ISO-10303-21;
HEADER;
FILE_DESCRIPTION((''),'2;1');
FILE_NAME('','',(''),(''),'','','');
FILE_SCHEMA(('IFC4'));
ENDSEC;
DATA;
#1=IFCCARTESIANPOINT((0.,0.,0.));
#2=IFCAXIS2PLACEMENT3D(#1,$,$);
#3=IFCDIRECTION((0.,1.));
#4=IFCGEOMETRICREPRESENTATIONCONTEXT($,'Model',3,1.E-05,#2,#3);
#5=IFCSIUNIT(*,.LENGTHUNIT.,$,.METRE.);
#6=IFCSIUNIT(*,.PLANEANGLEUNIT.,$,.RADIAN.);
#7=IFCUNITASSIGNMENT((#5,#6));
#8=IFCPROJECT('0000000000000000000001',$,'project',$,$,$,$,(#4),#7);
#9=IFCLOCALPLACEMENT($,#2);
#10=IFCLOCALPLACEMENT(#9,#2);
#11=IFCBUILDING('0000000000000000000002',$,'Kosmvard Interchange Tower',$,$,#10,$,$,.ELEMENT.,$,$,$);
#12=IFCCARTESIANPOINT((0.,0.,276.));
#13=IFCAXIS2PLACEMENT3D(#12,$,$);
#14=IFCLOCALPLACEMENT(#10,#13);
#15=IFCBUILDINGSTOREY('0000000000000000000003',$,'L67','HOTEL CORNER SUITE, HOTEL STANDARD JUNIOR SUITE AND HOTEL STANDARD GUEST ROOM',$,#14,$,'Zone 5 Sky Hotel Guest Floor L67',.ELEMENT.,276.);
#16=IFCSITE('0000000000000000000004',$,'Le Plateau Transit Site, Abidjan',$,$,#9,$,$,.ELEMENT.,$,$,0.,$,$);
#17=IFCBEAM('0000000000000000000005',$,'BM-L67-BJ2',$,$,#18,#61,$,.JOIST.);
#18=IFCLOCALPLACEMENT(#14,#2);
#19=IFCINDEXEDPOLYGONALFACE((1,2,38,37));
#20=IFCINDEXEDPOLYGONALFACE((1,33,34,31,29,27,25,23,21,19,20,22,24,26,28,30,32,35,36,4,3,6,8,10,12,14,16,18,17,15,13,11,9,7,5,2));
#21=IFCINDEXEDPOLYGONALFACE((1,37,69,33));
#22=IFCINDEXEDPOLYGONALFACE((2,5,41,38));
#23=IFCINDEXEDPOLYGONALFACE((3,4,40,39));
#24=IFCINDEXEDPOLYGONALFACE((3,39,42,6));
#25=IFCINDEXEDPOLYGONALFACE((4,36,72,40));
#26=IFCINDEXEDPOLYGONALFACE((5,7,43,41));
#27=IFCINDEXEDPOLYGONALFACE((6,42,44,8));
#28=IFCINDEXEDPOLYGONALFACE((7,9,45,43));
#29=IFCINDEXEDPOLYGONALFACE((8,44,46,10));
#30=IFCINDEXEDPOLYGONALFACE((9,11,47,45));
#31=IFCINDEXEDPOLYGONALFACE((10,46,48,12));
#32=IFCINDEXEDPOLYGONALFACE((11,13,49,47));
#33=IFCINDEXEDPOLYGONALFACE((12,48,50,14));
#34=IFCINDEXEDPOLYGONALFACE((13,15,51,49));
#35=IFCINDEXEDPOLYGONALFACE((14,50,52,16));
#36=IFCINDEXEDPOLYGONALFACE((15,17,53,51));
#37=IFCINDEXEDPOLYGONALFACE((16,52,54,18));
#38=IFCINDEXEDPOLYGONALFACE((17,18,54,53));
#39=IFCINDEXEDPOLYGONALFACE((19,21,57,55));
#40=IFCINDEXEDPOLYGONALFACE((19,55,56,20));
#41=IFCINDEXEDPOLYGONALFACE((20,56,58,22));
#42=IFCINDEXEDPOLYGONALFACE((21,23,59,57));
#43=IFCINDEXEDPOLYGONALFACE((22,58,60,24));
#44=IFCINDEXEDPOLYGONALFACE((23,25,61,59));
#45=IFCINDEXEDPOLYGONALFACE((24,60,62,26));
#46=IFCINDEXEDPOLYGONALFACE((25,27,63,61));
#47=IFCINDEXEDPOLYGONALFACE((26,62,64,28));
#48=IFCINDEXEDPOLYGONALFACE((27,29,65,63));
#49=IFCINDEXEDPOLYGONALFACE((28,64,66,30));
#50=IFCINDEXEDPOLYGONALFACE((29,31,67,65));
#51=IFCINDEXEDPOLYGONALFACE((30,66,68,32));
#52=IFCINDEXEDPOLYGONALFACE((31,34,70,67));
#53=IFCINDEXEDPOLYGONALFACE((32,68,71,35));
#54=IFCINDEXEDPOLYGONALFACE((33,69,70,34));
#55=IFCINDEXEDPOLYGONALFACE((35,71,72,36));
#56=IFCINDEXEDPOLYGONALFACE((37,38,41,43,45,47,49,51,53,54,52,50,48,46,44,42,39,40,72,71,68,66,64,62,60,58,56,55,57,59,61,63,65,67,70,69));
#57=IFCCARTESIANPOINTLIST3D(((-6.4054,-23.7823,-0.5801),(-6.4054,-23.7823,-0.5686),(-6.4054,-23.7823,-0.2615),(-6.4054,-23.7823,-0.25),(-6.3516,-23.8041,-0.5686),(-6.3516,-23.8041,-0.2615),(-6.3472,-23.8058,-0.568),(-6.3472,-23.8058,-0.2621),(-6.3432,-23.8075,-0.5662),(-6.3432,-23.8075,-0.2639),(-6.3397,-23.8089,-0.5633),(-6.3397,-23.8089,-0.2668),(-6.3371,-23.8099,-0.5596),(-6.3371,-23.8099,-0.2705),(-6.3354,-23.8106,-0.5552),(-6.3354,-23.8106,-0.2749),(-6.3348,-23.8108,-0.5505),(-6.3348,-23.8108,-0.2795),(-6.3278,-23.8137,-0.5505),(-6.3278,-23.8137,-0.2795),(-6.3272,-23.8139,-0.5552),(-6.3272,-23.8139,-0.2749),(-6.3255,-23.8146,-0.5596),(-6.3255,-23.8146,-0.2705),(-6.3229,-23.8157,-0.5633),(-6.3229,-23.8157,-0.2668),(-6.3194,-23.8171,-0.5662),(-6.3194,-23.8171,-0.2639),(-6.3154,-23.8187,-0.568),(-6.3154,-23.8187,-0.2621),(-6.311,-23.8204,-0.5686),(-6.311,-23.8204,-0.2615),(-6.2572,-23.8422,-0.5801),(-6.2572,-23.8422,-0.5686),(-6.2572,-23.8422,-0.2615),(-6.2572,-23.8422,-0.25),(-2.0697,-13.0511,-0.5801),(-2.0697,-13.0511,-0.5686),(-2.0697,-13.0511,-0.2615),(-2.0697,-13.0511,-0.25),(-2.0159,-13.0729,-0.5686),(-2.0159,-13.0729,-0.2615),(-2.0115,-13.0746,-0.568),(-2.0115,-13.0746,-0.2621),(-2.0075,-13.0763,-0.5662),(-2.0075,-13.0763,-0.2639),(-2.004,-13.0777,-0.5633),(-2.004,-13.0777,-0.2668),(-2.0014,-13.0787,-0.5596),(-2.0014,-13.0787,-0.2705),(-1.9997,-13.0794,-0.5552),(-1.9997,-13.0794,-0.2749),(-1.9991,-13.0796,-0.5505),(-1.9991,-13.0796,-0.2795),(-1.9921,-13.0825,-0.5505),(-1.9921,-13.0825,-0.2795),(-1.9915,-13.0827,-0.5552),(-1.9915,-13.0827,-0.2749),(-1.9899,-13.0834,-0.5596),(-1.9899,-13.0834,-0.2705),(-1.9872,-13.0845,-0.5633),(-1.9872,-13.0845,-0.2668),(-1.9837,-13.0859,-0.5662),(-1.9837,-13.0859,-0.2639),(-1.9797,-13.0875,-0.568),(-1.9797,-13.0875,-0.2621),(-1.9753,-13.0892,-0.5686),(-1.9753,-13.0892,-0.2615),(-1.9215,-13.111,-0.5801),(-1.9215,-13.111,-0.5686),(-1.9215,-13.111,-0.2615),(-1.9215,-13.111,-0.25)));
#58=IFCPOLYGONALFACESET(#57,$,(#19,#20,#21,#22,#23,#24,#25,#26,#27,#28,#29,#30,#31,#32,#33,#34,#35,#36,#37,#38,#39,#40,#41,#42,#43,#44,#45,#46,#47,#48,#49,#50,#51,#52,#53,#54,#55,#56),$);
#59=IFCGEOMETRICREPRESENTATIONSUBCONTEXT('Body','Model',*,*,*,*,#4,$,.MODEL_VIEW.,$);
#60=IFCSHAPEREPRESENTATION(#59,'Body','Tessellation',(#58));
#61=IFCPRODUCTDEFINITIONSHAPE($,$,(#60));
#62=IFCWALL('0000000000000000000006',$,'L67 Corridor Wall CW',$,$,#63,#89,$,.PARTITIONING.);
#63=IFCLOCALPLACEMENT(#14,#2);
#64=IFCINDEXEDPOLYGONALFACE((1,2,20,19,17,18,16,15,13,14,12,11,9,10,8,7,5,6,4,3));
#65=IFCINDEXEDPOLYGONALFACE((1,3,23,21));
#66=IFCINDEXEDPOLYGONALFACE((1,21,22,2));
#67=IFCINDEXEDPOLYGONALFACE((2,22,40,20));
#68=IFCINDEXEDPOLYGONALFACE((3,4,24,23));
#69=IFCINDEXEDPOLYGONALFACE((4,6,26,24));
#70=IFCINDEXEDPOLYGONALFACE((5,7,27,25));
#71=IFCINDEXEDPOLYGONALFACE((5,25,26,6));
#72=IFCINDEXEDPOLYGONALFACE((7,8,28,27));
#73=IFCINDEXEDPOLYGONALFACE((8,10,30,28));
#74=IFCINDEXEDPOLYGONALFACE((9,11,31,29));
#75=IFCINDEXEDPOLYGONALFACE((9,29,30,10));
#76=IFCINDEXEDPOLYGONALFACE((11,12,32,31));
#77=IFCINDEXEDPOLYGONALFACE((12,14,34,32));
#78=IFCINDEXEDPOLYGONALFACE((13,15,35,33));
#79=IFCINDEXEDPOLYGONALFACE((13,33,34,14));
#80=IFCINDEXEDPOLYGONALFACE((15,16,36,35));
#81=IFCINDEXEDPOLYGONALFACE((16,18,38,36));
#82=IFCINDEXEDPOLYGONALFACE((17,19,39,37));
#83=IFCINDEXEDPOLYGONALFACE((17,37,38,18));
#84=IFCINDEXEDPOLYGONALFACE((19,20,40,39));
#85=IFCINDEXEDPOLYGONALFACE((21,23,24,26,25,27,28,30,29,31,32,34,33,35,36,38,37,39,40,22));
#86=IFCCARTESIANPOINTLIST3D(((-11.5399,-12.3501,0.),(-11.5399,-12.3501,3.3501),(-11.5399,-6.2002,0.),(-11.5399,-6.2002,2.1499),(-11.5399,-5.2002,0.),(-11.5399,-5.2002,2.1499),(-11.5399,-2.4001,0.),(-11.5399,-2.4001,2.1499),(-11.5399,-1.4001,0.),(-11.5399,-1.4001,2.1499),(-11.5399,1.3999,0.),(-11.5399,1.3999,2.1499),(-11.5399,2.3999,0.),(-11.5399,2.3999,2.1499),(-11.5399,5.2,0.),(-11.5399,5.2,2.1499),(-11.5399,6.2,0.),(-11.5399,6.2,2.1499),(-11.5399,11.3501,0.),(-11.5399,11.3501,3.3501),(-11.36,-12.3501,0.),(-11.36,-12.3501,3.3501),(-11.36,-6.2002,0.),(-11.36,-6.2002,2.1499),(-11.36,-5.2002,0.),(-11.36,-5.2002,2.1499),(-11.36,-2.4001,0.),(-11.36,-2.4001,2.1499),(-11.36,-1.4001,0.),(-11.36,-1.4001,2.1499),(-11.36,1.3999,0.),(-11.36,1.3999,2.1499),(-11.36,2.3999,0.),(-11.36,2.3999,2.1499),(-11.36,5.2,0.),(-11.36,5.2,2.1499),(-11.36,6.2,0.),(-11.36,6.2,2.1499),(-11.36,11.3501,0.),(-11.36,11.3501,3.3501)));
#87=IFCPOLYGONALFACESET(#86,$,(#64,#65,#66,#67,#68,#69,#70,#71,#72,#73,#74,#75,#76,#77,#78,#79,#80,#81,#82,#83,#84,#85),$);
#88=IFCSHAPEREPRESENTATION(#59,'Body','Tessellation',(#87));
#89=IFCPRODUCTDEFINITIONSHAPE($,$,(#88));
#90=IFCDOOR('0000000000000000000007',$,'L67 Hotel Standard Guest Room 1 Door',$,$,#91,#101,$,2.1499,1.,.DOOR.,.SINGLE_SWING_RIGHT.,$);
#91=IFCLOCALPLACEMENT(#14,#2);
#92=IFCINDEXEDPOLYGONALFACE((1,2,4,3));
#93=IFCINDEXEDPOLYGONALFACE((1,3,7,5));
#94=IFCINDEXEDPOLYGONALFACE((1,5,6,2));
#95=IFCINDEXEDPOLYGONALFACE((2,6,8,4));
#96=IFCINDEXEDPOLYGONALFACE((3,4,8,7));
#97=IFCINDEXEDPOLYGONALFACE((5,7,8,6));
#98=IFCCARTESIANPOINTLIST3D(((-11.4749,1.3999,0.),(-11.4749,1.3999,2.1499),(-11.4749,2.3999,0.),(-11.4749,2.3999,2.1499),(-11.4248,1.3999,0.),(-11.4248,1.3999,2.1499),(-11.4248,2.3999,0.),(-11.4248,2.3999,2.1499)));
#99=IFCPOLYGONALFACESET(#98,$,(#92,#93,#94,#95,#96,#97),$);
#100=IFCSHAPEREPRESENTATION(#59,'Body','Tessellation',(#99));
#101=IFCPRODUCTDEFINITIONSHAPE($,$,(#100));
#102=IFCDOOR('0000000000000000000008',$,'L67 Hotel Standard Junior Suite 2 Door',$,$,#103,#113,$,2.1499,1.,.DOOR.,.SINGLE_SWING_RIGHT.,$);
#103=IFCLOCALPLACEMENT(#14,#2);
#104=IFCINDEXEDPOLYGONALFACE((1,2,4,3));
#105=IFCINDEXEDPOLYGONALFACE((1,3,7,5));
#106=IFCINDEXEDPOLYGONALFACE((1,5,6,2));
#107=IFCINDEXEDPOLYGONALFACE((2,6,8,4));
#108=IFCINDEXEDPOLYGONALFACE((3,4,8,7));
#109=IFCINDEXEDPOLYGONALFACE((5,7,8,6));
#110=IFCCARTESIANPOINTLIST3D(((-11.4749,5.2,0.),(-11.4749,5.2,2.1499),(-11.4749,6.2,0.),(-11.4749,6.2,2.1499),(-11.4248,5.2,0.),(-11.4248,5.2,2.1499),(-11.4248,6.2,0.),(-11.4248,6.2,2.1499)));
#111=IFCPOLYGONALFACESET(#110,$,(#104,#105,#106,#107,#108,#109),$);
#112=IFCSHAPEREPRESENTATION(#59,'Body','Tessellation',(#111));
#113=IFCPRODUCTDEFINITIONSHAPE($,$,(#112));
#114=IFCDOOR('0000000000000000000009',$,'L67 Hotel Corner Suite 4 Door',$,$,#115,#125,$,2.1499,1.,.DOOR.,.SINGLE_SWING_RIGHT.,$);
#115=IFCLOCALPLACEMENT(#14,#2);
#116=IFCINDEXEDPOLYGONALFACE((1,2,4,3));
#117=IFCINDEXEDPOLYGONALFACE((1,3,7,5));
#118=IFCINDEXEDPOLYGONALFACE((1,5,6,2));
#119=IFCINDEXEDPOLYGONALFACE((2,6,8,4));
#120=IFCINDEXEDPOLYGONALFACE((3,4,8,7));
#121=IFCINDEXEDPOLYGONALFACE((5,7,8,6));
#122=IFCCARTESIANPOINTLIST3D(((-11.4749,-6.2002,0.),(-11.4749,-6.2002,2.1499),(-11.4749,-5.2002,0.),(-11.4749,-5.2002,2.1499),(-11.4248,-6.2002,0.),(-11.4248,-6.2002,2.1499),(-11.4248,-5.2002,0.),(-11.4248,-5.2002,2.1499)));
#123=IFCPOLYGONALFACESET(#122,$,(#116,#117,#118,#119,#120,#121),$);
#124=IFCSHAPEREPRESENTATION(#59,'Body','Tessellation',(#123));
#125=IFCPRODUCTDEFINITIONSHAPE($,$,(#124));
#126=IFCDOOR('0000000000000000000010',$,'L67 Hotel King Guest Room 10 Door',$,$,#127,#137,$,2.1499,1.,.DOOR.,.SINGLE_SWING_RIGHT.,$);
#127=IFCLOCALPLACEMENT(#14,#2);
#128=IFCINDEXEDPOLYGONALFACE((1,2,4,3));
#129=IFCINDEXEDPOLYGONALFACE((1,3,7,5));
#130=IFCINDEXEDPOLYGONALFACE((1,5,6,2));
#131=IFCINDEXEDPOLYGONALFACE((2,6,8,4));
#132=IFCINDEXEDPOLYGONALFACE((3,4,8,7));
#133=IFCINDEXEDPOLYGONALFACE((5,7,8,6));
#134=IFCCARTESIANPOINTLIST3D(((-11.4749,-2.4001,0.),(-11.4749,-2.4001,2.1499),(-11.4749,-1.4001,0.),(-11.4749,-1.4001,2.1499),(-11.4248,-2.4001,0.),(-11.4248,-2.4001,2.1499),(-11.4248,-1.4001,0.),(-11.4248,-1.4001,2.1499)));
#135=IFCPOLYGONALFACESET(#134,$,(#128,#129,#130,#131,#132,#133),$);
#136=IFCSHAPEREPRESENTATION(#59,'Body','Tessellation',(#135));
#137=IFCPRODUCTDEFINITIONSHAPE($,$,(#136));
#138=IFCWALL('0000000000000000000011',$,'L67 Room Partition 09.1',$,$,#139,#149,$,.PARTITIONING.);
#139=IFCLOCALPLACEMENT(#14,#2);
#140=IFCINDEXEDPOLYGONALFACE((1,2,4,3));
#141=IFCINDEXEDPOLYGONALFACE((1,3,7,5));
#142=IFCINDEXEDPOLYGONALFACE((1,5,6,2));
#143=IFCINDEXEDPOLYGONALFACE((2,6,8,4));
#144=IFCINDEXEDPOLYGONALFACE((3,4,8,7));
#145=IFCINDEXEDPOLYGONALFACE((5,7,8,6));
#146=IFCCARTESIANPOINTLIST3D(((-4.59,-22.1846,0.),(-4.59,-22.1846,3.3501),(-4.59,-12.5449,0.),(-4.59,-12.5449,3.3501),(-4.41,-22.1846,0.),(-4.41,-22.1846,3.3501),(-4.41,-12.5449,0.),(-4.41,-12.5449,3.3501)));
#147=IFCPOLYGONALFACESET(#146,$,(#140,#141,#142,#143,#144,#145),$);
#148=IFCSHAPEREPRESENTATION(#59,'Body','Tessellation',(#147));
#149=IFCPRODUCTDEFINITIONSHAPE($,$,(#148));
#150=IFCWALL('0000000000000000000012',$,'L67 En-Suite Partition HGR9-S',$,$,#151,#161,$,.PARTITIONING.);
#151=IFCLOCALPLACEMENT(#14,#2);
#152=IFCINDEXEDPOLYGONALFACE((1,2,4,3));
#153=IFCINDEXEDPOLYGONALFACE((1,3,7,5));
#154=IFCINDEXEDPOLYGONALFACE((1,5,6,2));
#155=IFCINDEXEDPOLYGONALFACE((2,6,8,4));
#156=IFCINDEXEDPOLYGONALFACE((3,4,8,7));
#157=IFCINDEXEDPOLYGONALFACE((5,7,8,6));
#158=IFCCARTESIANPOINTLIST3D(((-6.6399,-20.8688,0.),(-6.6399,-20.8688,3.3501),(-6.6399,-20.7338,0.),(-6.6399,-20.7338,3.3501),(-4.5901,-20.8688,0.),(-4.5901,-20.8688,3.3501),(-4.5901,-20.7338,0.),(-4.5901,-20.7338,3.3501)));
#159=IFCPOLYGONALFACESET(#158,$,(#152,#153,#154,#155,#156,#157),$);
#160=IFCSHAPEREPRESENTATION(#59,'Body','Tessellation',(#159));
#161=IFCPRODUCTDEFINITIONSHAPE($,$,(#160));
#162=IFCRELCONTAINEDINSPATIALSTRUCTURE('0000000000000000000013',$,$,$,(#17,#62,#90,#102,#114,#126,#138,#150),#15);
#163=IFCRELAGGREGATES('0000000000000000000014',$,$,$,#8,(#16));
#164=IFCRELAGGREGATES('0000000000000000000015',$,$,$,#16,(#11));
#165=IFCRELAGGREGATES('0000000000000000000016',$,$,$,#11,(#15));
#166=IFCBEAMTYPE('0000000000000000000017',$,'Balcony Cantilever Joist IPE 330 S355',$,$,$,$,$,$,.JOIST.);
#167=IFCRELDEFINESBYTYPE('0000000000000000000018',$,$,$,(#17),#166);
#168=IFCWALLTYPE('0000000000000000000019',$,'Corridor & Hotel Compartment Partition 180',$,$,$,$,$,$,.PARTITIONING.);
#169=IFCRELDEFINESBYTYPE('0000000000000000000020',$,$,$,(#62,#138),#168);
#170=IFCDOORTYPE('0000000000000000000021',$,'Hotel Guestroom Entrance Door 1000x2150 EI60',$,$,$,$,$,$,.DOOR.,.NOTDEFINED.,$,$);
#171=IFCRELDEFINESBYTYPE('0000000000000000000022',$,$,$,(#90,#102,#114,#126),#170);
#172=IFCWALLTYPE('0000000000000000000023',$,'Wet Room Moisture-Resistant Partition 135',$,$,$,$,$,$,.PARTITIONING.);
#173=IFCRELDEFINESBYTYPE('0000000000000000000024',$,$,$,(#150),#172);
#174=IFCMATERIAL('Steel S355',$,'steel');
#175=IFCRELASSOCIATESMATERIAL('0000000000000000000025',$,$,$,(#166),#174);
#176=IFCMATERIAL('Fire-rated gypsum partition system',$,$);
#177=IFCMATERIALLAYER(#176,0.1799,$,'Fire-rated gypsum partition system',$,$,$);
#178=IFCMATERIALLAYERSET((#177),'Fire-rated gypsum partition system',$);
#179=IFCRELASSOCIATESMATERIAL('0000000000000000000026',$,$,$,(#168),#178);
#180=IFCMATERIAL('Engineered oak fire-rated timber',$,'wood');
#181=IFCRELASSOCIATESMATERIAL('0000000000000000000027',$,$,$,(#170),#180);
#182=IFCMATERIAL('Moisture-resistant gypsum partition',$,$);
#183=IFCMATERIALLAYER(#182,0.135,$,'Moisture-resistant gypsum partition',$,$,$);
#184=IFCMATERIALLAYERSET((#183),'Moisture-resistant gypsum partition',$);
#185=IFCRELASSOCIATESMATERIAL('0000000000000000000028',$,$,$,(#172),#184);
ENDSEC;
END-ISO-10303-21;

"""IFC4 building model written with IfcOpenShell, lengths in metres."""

from ifc_helpers import new_model, si_unit, direction, frame, frame_2d, origin, origin_2d, place, context, subcontext, project, spatial, rectangle, i_section, extrude, source, transform, mapped, material, layer, layer_set, material_profile, profile_set, type_object, element, fill, save


model = new_model("IFC4")

# Units and contexts
model_context = context("Model", 3, precision=1e-05, world=origin(), true_north=direction((0.0, 1.0)))
body_context = subcontext(model_context, "Body", "Model", "MODEL_VIEW")
ifc_project = project(units=[si_unit("LENGTHUNIT", "METRE"), si_unit("PLANEANGLEUNIT", "RADIAN")], contexts=[model_context])

# Site, building, storey
site_placement = place(None, origin())
site = spatial("IfcSite", under=ifc_project, at=site_placement, Name="Le Plateau Transit Site, Abidjan", CompositionType="ELEMENT", RefElevation=0.0)
building_placement = place(site_placement, origin())
building = spatial("IfcBuilding", under=site, at=building_placement, Name="Kosmvard Interchange Tower", CompositionType="ELEMENT")
storey_placement = place(building_placement, frame((0.0, 0.0, 276.0)))
storey = spatial("IfcBuildingStorey", under=building, at=storey_placement, Name="L67", Description="HOTEL CORNER SUITE, HOTEL STANDARD JUNIOR SUITE AND HOTEL STANDARD GUEST ROOM", LongName="Zone 5 Sky Hotel Guest Floor L67", CompositionType="ELEMENT", Elevation=276.0)

# Beam
ifc_material_1 = material(Name="Steel S355", Category="steel")
ifc_material_profile_1 = material_profile(ifc_material_1, i_section(OverallWidth=0.1599, OverallDepth=0.3301, WebThickness=0.0076, FlangeThickness=0.0115, FilletRadius=0.0181, at=origin_2d()), Name="IPE 330")
ifc_profile_set_1 = profile_set([ifc_material_profile_1], Name="Steel S355")
beam_type_1 = type_object("IfcBeamType", Name="Balcony Cantilever Joist IPE 330 S355", PredefinedType="JOIST", material=ifc_profile_set_1)
shared_shape_1 = source(origin(), body_context, "Body", "SweptSolid", [
    extrude(i_section(OverallWidth=0.1599, OverallDepth=0.3301, WebThickness=0.0076, FlangeThickness=0.0115, FilletRadius=0.0181, at=origin_2d()), origin(), (0.0, 0.0, 1.0), 11.574),
])
beam_1_placement = place(storey_placement, frame((-1.9956, -13.0811, -0.415), z_axis=(-0.374607, -0.927184, 0.0), x_axis=(0.927184, -0.374607, 0.0)))
element("IfcBeam", 1, at=beam_1_placement, inside=storey, type_object=beam_type_1, Name="BM-L67-BJ2", PredefinedType="JOIST", context=body_context, shape_type="MappedRepresentation", body=[
    mapped(shared_shape_1, transform((0.0, 0.0, 0.0), scale=1.0)),
])

# Wall, openings, doors
ifc_material_2 = material(Name="Fire-rated gypsum partition system")
ifc_layer_1 = layer(ifc_material_2, 0.1799, Name="Fire-rated gypsum partition system")
ifc_layer_set_1 = layer_set([ifc_layer_1], Name="Fire-rated gypsum partition system")
wall_type_1 = type_object("IfcWallType", Name="Corridor & Hotel Compartment Partition 180", PredefinedType="PARTITIONING", material=ifc_layer_set_1)
ifc_material_3 = material(Name="Engineered oak fire-rated timber", Category="wood")
door_type_1 = type_object("IfcDoorType", Name="Hotel Guestroom Entrance Door 1000x2150 EI60", OperationType="NOTDEFINED", PredefinedType="DOOR", material=ifc_material_3)
shared_shape_2 = source(origin(), body_context, "Body", "SweptSolid", [
    extrude(rectangle(XDim=1.0, YDim=2.1499, at=frame_2d((0.5, 1.075))), frame((0.0, 0.0249, 0.0), z_axis=(0.0, -1.0, 0.0), x_axis=(1.0, 0.0, 0.0)), (0.0, 0.0, 1.0), 0.05),
])
wall_1_placement = place(storey_placement, frame((-11.45, -12.3501, 0.0), z_axis=(0.0, 0.0, 1.0), x_axis=(0.0, 1.0, 0.0)))
wall_1 = element("IfcWall", 2, at=wall_1_placement, inside=storey, type_object=wall_type_1, Name="L67 Corridor Wall CW", PredefinedType="PARTITIONING", context=body_context, shape_type="SweptSolid", body=[
    extrude(rectangle(XDim=23.7002, YDim=0.1799, at=frame_2d((11.8501, 0.0))), origin(), (0.0, 0.0, 1.0), 3.3501),
])
opening_1_placement = place(wall_1_placement, frame((13.75, 0.0, 0.0)))
opening_1 = element("IfcOpeningElement", 3, at=opening_1_placement, cuts=wall_1, PredefinedType="OPENING", context=body_context, shape_type="SweptSolid", body=[
    extrude(rectangle(XDim=1.0, YDim=2.1499, at=frame_2d((0.5, 1.075))), frame((0.0, 0.1001, 0.0), z_axis=(0.0, -1.0, 0.0), x_axis=(1.0, 0.0, 0.0)), (0.0, 0.0, 1.0), 0.2),
])
opening_2_placement = place(wall_1_placement, frame((17.55, 0.0, 0.0)))
opening_2 = element("IfcOpeningElement", 4, at=opening_2_placement, cuts=wall_1, PredefinedType="OPENING", context=body_context, shape_type="SweptSolid", body=[
    extrude(rectangle(XDim=1.0, YDim=2.1499, at=frame_2d((0.5, 1.075))), frame((0.0, 0.1001, 0.0), z_axis=(0.0, -1.0, 0.0), x_axis=(1.0, 0.0, 0.0)), (0.0, 0.0, 1.0), 0.2),
])
opening_3_placement = place(wall_1_placement, frame((6.1499, 0.0, 0.0)))
opening_3 = element("IfcOpeningElement", 5, at=opening_3_placement, cuts=wall_1, PredefinedType="OPENING", context=body_context, shape_type="SweptSolid", body=[
    extrude(rectangle(XDim=1.0, YDim=2.1499, at=frame_2d((0.5, 1.075))), frame((0.0, 0.1001, 0.0), z_axis=(0.0, -1.0, 0.0), x_axis=(1.0, 0.0, 0.0)), (0.0, 0.0, 1.0), 0.2),
])
opening_4_placement = place(wall_1_placement, frame((9.95, 0.0, 0.0)))
opening_4 = element("IfcOpeningElement", 6, at=opening_4_placement, cuts=wall_1, PredefinedType="OPENING", context=body_context, shape_type="SweptSolid", body=[
    extrude(rectangle(XDim=1.0, YDim=2.1499, at=frame_2d((0.5, 1.075))), frame((0.0, 0.1001, 0.0), z_axis=(0.0, -1.0, 0.0), x_axis=(1.0, 0.0, 0.0)), (0.0, 0.0, 1.0), 0.2),
])
door_1_placement = place(opening_1_placement, origin())
door_1 = element("IfcDoor", 7, at=door_1_placement, inside=storey, type_object=door_type_1, Name="L67 Hotel Standard Guest Room 1 Door", OperationType="SINGLE_SWING_RIGHT", OverallHeight=2.1499, OverallWidth=1.0, PredefinedType="DOOR", context=body_context, shape_type="MappedRepresentation", body=[
    mapped(shared_shape_2, transform((0.0, 0.0, 0.0), scale=1.0)),
])
fill(opening_1, door_1)
door_2_placement = place(opening_2_placement, origin())
door_2 = element("IfcDoor", 8, at=door_2_placement, inside=storey, type_object=door_type_1, Name="L67 Hotel Standard Junior Suite 2 Door", OperationType="SINGLE_SWING_RIGHT", OverallHeight=2.1499, OverallWidth=1.0, PredefinedType="DOOR", context=body_context, shape_type="MappedRepresentation", body=[
    mapped(shared_shape_2, transform((0.0, 0.0, 0.0), scale=1.0)),
])
fill(opening_2, door_2)
door_3_placement = place(opening_3_placement, origin())
door_3 = element("IfcDoor", 9, at=door_3_placement, inside=storey, type_object=door_type_1, Name="L67 Hotel Corner Suite 4 Door", OperationType="SINGLE_SWING_RIGHT", OverallHeight=2.1499, OverallWidth=1.0, PredefinedType="DOOR", context=body_context, shape_type="MappedRepresentation", body=[
    mapped(shared_shape_2, transform((0.0, 0.0, 0.0), scale=1.0)),
])
fill(opening_3, door_3)
door_4_placement = place(opening_4_placement, origin())
door_4 = element("IfcDoor", 10, at=door_4_placement, inside=storey, type_object=door_type_1, Name="L67 Hotel King Guest Room 10 Door", OperationType="SINGLE_SWING_RIGHT", OverallHeight=2.1499, OverallWidth=1.0, PredefinedType="DOOR", context=body_context, shape_type="MappedRepresentation", body=[
    mapped(shared_shape_2, transform((0.0, 0.0, 0.0), scale=1.0)),
])
fill(opening_4, door_4)

# Walls
wall_2_placement = place(storey_placement, frame((-4.5, -12.5449, 0.0), z_axis=(0.0, 0.0, 1.0), x_axis=(0.0, -1.0, 0.0)))
element("IfcWall", 11, at=wall_2_placement, inside=storey, type_object=wall_type_1, Name="L67 Room Partition 09.1", PredefinedType="PARTITIONING", context=body_context, shape_type="SweptSolid", body=[
    extrude(rectangle(XDim=9.6396, YDim=0.1799, at=frame_2d((4.8198, 0.0))), origin(), (0.0, 0.0, 1.0), 3.3501),
])
ifc_material_4 = material(Name="Moisture-resistant gypsum partition")
ifc_layer_2 = layer(ifc_material_4, 0.135, Name="Moisture-resistant gypsum partition")
ifc_layer_set_2 = layer_set([ifc_layer_2], Name="Moisture-resistant gypsum partition")
wall_type_2 = type_object("IfcWallType", Name="Wet Room Moisture-Resistant Partition 135", PredefinedType="PARTITIONING", material=ifc_layer_set_2)
wall_3_placement = place(storey_placement, frame((-6.6399, -20.8013, 0.0), z_axis=(0.0, 0.0, 1.0), x_axis=(1.0, 0.0, 0.0)))
element("IfcWall", 12, at=wall_3_placement, inside=storey, type_object=wall_type_2, Name="L67 En-Suite Partition HGR9-S", PredefinedType="PARTITIONING", context=body_context, shape_type="SweptSolid", body=[
    extrude(rectangle(XDim=2.0498, YDim=0.135, at=frame_2d((1.0249, 0.0))), origin(), (0.0, 0.0, 1.0), 3.3501),
])

save(model, "model.ifc")
